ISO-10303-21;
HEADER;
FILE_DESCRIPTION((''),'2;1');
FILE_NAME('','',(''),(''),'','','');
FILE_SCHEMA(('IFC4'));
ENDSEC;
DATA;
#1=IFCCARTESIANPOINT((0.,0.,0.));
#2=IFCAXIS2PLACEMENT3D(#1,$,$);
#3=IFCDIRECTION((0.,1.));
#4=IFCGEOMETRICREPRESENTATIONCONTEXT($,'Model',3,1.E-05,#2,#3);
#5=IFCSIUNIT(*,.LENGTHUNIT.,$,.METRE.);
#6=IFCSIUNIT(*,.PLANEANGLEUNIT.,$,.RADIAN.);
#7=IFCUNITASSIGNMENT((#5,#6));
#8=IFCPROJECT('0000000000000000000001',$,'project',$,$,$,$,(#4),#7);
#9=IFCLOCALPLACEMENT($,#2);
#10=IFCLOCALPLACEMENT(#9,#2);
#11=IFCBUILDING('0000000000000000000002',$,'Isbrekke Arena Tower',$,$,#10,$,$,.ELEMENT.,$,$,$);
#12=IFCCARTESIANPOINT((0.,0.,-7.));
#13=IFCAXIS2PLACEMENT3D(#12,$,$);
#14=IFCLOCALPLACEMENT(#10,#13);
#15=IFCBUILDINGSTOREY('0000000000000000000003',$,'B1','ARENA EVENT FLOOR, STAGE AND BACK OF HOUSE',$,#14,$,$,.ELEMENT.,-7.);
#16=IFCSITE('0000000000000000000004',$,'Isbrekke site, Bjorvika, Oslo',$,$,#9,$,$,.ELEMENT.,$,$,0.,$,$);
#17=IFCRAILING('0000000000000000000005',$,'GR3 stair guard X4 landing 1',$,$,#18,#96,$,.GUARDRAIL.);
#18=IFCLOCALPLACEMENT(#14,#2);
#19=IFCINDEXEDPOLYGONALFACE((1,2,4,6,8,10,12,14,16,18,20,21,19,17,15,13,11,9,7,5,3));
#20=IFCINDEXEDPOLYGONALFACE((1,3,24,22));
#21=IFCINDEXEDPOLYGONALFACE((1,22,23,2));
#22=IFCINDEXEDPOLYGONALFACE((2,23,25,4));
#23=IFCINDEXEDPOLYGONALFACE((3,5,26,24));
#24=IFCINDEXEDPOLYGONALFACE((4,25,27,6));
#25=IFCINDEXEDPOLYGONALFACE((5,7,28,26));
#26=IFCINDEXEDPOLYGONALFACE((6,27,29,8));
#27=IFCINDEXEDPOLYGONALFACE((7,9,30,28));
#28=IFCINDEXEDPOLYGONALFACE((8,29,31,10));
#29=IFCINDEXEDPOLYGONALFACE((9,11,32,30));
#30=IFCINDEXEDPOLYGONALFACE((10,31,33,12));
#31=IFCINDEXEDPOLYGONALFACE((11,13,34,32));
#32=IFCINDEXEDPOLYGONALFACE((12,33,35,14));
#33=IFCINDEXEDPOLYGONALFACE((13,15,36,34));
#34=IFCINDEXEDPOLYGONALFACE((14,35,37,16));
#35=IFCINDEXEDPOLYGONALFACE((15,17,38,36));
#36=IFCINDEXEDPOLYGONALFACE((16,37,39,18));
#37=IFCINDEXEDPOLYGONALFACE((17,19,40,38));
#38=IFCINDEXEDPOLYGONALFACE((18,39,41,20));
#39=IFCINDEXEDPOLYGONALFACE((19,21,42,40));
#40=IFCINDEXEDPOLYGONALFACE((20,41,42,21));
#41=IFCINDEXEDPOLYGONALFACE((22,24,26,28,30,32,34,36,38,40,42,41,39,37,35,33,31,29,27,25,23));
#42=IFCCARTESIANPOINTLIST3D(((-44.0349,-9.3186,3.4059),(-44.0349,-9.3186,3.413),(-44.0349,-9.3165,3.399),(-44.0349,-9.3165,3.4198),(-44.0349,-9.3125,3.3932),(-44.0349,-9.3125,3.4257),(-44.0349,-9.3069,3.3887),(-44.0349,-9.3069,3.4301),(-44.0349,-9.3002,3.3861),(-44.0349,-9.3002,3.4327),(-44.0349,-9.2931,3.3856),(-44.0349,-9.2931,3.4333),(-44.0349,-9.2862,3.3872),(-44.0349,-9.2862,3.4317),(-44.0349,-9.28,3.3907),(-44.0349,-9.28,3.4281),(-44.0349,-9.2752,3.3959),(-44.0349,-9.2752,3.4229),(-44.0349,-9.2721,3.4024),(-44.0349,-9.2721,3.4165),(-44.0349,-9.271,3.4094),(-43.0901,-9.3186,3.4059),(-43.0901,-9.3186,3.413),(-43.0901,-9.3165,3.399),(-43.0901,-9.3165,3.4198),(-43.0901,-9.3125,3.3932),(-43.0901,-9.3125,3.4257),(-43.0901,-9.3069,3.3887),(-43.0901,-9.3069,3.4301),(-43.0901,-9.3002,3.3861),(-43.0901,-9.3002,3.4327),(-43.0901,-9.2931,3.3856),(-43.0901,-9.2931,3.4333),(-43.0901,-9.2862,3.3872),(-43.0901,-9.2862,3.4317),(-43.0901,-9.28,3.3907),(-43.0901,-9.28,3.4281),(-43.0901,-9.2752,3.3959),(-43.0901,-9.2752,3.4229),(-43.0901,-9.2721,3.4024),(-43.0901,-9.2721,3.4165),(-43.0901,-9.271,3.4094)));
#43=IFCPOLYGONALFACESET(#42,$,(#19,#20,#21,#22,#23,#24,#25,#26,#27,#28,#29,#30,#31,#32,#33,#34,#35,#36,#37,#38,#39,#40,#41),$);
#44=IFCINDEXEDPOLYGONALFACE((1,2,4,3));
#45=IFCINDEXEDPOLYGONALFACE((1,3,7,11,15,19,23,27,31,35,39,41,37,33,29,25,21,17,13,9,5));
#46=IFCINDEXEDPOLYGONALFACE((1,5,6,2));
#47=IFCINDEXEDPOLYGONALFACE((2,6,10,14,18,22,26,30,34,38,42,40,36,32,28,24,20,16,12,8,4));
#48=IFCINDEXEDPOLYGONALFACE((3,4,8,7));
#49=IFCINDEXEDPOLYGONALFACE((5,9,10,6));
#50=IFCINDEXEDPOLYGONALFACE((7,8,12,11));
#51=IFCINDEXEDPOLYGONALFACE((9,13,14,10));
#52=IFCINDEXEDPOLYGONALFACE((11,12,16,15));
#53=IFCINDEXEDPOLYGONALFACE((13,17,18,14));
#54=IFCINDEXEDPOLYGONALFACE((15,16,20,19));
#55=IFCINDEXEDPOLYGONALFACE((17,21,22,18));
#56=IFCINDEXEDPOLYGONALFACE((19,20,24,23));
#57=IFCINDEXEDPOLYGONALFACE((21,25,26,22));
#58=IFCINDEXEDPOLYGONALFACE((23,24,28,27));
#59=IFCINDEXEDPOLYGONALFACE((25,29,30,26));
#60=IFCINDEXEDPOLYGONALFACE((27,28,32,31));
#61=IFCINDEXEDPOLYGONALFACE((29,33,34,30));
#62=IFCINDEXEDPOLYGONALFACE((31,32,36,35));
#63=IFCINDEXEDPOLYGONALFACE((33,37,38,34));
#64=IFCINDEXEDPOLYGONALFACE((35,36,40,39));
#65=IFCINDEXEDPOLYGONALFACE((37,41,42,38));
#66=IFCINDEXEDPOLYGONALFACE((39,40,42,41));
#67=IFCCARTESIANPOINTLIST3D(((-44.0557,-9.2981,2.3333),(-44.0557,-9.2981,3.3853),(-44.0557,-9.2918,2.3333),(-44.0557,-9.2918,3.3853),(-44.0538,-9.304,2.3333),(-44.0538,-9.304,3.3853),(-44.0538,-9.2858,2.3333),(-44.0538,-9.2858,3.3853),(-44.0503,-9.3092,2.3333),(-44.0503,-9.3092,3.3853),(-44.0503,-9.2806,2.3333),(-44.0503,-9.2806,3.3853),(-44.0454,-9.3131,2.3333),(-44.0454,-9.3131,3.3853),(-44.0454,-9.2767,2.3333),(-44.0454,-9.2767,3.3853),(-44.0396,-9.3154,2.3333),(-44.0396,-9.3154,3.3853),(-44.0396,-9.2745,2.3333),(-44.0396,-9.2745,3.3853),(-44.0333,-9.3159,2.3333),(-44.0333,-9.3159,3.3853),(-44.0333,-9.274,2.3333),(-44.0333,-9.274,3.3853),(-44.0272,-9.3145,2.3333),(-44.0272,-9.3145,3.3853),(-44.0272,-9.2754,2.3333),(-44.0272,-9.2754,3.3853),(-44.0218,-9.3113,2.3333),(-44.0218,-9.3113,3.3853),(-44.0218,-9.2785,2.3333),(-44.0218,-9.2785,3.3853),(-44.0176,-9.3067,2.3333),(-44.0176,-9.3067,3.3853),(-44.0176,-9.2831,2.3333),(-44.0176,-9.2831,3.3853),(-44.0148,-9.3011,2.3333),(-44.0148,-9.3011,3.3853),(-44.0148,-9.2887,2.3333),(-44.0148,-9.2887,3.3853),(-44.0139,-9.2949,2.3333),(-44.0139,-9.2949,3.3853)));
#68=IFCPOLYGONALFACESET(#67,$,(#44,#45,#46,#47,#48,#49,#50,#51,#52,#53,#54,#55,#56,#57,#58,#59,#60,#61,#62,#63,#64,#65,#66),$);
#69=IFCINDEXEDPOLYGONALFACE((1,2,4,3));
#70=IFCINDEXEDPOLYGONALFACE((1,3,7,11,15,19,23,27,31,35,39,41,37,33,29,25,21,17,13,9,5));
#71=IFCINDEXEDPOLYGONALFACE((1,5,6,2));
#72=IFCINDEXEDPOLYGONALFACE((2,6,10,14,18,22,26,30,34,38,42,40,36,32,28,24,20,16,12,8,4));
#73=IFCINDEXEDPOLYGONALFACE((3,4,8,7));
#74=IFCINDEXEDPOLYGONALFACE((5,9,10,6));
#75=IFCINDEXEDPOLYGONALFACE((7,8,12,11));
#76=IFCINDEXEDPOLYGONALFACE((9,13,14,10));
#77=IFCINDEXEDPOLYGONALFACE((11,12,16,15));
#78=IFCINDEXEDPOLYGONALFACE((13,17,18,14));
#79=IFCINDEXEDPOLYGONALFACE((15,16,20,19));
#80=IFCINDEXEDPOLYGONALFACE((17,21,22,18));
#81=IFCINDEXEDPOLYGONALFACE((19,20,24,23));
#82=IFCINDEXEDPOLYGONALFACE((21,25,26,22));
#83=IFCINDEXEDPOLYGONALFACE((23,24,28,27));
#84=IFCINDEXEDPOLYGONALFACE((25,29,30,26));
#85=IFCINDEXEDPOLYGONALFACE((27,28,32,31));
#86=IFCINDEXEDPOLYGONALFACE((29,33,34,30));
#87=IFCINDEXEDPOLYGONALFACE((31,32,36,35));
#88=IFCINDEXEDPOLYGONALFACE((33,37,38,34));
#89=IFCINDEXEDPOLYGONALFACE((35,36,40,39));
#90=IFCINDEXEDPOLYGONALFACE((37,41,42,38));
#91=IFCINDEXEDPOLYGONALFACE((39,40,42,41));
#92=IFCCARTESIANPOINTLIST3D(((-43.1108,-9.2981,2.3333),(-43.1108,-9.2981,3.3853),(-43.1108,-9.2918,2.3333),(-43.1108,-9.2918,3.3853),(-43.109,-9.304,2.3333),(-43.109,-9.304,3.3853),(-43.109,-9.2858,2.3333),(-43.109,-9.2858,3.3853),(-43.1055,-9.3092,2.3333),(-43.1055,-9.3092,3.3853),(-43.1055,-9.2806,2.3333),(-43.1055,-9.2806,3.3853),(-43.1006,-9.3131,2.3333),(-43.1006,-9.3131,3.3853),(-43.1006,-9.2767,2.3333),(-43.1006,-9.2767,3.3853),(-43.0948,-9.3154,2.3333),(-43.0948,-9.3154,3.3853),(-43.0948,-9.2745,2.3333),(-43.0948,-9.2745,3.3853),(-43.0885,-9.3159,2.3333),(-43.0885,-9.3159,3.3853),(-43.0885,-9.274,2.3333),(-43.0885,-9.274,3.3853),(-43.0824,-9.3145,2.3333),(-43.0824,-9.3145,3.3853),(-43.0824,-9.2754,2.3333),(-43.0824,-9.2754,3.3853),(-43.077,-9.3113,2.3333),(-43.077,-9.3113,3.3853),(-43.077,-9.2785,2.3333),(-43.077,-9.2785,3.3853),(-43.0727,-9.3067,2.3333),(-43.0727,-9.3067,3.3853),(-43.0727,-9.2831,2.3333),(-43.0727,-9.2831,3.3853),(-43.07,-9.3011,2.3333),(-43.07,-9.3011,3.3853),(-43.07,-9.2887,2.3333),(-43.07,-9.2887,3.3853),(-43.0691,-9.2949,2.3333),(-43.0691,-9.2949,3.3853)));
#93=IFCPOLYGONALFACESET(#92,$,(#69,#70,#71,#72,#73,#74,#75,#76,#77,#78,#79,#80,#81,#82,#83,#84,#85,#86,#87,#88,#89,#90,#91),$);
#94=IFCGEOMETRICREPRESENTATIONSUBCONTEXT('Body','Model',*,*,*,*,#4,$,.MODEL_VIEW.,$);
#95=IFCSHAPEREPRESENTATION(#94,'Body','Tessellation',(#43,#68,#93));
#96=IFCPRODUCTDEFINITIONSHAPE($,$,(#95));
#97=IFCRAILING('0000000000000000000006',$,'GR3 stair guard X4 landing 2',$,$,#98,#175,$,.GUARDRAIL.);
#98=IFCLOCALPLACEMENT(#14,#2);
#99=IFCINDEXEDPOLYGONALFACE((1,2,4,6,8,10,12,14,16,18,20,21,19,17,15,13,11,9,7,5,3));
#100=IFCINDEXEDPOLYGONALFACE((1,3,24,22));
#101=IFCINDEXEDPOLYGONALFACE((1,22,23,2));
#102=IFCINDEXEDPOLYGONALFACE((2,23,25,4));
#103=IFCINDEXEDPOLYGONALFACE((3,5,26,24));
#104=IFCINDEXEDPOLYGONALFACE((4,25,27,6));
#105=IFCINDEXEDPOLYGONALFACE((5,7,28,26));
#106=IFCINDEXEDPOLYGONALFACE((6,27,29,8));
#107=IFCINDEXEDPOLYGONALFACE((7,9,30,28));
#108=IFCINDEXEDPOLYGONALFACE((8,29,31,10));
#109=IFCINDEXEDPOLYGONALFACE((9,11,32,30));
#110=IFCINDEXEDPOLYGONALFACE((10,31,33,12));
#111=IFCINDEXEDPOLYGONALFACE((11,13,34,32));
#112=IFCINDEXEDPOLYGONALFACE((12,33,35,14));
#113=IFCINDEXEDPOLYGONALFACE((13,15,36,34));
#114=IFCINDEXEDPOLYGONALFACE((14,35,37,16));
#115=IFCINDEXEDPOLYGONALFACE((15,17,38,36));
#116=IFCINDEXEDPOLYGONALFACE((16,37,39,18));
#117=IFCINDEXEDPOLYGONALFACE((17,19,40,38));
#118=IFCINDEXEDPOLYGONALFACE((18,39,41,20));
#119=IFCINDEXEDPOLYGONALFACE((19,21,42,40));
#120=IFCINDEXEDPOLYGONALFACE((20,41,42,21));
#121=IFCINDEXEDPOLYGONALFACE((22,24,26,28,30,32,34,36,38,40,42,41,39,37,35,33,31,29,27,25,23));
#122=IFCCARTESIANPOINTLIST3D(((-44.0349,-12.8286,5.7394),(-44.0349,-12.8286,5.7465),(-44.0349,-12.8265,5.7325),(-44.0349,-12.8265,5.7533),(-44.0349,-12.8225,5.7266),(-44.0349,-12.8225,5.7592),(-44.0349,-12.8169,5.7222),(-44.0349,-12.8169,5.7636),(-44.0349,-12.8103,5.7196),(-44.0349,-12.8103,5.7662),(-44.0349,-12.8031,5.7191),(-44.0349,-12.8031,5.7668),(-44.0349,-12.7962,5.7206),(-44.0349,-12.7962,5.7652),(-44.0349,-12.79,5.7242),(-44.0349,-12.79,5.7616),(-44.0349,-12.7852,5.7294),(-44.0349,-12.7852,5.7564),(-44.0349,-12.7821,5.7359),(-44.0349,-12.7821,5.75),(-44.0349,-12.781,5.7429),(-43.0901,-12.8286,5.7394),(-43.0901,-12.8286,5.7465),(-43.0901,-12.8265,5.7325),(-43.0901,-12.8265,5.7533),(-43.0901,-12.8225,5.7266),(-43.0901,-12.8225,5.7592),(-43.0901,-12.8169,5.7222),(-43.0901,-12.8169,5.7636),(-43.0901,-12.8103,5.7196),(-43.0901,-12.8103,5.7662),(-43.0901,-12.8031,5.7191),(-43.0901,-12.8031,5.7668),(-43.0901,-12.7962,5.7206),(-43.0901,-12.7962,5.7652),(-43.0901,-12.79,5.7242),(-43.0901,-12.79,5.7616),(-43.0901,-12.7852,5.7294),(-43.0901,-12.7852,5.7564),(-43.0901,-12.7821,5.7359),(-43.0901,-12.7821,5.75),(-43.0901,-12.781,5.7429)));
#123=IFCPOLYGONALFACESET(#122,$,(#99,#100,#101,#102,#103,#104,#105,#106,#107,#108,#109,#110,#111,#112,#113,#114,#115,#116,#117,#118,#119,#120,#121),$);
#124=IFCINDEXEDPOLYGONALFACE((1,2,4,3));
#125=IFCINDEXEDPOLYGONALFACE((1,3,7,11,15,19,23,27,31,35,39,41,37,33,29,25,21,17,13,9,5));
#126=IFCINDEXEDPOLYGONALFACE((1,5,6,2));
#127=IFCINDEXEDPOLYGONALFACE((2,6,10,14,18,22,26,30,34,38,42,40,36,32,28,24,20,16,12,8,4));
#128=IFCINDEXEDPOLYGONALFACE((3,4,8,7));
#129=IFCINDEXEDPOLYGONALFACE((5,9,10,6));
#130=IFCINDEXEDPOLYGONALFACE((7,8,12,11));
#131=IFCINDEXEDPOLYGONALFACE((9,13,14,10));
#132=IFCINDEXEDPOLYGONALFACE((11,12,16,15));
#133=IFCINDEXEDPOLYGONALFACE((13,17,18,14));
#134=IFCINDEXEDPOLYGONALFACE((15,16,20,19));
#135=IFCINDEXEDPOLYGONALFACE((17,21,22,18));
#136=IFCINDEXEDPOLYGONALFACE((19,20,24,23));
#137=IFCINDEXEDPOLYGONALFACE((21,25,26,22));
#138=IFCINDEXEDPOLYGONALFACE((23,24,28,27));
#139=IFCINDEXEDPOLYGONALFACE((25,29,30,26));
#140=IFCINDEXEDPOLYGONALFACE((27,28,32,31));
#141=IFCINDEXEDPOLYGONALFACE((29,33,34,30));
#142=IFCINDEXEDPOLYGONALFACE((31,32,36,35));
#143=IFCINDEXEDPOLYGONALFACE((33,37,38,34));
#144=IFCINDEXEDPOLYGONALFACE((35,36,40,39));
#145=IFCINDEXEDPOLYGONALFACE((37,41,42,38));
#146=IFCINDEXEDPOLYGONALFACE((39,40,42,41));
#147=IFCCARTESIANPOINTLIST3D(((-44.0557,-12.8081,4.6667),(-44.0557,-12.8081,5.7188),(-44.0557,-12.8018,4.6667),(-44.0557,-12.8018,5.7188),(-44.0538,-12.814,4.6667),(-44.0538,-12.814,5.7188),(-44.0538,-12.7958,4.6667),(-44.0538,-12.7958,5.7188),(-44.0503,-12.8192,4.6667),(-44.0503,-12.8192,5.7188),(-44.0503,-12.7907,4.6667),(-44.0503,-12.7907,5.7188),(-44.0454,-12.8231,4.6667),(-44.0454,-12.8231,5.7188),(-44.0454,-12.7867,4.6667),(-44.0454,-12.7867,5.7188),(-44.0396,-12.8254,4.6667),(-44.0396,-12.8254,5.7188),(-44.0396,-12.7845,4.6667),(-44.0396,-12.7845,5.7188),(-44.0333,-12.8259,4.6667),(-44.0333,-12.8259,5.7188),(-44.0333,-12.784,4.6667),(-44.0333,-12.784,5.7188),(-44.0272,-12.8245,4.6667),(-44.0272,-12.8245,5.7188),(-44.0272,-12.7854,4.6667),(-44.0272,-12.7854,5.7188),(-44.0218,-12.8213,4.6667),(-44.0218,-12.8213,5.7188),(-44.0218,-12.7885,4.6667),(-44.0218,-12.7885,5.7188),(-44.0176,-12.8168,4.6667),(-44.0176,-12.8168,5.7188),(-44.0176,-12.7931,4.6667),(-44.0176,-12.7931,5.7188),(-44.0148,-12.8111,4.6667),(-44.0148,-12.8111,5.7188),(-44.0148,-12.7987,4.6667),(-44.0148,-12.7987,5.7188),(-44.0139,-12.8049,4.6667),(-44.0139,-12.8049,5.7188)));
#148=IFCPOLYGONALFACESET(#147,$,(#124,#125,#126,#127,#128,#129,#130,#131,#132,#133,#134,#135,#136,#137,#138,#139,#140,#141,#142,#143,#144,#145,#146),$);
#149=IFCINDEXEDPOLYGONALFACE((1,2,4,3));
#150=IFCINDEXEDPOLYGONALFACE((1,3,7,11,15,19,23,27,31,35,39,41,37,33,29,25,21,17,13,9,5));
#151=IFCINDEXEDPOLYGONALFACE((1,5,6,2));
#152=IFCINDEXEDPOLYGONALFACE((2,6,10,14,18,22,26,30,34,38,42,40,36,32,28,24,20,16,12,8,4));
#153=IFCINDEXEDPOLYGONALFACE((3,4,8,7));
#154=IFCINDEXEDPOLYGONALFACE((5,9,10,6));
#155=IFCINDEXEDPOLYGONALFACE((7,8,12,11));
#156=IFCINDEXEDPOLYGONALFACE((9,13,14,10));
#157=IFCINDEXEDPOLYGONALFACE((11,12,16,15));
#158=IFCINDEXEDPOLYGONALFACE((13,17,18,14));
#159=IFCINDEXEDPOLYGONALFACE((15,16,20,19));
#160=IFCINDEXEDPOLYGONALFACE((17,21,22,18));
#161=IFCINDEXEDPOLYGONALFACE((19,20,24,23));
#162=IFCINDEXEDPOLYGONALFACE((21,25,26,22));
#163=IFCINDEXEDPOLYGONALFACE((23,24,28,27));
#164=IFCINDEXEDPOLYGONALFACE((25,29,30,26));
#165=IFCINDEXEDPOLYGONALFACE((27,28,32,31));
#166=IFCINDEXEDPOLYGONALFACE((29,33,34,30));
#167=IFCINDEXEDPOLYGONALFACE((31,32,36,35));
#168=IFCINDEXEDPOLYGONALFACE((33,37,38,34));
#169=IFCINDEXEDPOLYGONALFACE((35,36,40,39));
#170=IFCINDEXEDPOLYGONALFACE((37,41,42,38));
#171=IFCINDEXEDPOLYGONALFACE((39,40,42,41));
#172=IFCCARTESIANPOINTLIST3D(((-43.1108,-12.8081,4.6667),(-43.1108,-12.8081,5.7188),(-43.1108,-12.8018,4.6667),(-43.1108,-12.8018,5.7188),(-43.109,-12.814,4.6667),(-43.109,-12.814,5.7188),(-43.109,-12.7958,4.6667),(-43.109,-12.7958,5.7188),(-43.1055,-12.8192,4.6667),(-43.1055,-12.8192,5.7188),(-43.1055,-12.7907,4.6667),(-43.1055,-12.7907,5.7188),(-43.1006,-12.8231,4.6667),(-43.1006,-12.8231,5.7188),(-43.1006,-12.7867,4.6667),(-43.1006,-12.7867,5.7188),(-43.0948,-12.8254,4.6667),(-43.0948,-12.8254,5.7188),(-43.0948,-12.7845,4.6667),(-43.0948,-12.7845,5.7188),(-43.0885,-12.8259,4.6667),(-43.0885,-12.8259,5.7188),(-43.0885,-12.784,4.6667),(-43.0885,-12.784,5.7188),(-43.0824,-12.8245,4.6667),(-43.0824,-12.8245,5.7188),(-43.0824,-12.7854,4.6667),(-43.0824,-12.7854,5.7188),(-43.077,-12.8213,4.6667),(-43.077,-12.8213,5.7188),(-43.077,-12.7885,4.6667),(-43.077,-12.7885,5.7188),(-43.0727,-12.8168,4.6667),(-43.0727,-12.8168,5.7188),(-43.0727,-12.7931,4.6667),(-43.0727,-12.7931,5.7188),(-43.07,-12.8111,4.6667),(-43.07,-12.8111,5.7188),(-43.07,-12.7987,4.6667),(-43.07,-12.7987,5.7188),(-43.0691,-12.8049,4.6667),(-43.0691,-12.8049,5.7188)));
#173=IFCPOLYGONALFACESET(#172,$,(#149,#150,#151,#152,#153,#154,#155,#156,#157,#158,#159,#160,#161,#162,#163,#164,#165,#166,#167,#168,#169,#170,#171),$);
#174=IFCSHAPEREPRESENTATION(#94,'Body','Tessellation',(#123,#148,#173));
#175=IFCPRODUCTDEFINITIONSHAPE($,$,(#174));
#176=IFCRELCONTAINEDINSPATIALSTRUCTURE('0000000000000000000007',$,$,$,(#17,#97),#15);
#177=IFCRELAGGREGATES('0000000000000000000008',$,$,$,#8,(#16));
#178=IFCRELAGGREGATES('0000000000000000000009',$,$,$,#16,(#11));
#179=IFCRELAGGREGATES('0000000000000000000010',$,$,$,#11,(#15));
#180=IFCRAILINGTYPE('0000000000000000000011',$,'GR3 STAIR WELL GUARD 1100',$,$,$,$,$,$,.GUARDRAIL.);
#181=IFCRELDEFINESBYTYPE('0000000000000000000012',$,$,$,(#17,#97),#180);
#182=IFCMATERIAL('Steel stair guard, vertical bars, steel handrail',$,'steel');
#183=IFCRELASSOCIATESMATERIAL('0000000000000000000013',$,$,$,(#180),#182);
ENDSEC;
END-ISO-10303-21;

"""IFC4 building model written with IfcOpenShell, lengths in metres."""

from ifc_helpers import new_model, si_unit, direction, frame, origin, origin_2d, place, context, subcontext, project, spatial, circle, extrude, material, type_object, element, save


model = new_model("IFC4")

# Units and contexts
model_context = context("Model", 3, precision=1e-05, world=origin(), true_north=direction((0.0, 1.0)))
body_context = subcontext(model_context, "Body", "Model", "MODEL_VIEW")
ifc_project = project(units=[si_unit("LENGTHUNIT", "METRE"), si_unit("PLANEANGLEUNIT", "RADIAN")], contexts=[model_context])

# Site, building, storey
site_placement = place(None, origin())
site = spatial("IfcSite", under=ifc_project, at=site_placement, Name="Isbrekke site, Bjorvika, Oslo", CompositionType="ELEMENT", RefElevation=0.0)
building_placement = place(site_placement, origin())
building = spatial("IfcBuilding", under=site, at=building_placement, Name="Isbrekke Arena Tower", CompositionType="ELEMENT")
storey_placement = place(building_placement, frame((0.0, 0.0, -7.0)))
storey = spatial("IfcBuildingStorey", under=building, at=storey_placement, Name="B1", Description="ARENA EVENT FLOOR, STAGE AND BACK OF HOUSE", CompositionType="ELEMENT", Elevation=-7.0)

# Railings
ifc_material_1 = material(Name="Steel stair guard, vertical bars, steel handrail", Category="steel")
railing_type = type_object("IfcRailingType", Name="GR3 STAIR WELL GUARD 1100", PredefinedType="GUARDRAIL", material=ifc_material_1)
for number, where, name in (
    (1, (-44.0349, -9.2949, 2.3333), "GR3 stair guard X4 landing 1"),
    (2, (-44.0349, -12.8049, 4.6667), "GR3 stair guard X4 landing 2"),
):
    element("IfcRailing", number, at=place(storey_placement, frame(where)), inside=storey, type_object=railing_type, Name=name, PredefinedType="GUARDRAIL", context=body_context, shape_type="SweptSolid", body=[
        extrude(circle(Radius=0.0239, at=origin_2d()), frame((0.0, 0.0, 1.0762), z_axis=(1.0, 0.0, 0.0), x_axis=(0.0, 1.0, 0.0)), (0.0, 0.0, 1.0), 0.9448),
        extrude(circle(Radius=0.021, at=origin_2d()), origin(), (0.0, 0.0, 1.0), 1.052),
        extrude(circle(Radius=0.021, at=origin_2d()), frame((0.9448, 0.0, 0.0)), (0.0, 0.0, 1.0), 1.052),
    ])

save(model, "model.ifc")
